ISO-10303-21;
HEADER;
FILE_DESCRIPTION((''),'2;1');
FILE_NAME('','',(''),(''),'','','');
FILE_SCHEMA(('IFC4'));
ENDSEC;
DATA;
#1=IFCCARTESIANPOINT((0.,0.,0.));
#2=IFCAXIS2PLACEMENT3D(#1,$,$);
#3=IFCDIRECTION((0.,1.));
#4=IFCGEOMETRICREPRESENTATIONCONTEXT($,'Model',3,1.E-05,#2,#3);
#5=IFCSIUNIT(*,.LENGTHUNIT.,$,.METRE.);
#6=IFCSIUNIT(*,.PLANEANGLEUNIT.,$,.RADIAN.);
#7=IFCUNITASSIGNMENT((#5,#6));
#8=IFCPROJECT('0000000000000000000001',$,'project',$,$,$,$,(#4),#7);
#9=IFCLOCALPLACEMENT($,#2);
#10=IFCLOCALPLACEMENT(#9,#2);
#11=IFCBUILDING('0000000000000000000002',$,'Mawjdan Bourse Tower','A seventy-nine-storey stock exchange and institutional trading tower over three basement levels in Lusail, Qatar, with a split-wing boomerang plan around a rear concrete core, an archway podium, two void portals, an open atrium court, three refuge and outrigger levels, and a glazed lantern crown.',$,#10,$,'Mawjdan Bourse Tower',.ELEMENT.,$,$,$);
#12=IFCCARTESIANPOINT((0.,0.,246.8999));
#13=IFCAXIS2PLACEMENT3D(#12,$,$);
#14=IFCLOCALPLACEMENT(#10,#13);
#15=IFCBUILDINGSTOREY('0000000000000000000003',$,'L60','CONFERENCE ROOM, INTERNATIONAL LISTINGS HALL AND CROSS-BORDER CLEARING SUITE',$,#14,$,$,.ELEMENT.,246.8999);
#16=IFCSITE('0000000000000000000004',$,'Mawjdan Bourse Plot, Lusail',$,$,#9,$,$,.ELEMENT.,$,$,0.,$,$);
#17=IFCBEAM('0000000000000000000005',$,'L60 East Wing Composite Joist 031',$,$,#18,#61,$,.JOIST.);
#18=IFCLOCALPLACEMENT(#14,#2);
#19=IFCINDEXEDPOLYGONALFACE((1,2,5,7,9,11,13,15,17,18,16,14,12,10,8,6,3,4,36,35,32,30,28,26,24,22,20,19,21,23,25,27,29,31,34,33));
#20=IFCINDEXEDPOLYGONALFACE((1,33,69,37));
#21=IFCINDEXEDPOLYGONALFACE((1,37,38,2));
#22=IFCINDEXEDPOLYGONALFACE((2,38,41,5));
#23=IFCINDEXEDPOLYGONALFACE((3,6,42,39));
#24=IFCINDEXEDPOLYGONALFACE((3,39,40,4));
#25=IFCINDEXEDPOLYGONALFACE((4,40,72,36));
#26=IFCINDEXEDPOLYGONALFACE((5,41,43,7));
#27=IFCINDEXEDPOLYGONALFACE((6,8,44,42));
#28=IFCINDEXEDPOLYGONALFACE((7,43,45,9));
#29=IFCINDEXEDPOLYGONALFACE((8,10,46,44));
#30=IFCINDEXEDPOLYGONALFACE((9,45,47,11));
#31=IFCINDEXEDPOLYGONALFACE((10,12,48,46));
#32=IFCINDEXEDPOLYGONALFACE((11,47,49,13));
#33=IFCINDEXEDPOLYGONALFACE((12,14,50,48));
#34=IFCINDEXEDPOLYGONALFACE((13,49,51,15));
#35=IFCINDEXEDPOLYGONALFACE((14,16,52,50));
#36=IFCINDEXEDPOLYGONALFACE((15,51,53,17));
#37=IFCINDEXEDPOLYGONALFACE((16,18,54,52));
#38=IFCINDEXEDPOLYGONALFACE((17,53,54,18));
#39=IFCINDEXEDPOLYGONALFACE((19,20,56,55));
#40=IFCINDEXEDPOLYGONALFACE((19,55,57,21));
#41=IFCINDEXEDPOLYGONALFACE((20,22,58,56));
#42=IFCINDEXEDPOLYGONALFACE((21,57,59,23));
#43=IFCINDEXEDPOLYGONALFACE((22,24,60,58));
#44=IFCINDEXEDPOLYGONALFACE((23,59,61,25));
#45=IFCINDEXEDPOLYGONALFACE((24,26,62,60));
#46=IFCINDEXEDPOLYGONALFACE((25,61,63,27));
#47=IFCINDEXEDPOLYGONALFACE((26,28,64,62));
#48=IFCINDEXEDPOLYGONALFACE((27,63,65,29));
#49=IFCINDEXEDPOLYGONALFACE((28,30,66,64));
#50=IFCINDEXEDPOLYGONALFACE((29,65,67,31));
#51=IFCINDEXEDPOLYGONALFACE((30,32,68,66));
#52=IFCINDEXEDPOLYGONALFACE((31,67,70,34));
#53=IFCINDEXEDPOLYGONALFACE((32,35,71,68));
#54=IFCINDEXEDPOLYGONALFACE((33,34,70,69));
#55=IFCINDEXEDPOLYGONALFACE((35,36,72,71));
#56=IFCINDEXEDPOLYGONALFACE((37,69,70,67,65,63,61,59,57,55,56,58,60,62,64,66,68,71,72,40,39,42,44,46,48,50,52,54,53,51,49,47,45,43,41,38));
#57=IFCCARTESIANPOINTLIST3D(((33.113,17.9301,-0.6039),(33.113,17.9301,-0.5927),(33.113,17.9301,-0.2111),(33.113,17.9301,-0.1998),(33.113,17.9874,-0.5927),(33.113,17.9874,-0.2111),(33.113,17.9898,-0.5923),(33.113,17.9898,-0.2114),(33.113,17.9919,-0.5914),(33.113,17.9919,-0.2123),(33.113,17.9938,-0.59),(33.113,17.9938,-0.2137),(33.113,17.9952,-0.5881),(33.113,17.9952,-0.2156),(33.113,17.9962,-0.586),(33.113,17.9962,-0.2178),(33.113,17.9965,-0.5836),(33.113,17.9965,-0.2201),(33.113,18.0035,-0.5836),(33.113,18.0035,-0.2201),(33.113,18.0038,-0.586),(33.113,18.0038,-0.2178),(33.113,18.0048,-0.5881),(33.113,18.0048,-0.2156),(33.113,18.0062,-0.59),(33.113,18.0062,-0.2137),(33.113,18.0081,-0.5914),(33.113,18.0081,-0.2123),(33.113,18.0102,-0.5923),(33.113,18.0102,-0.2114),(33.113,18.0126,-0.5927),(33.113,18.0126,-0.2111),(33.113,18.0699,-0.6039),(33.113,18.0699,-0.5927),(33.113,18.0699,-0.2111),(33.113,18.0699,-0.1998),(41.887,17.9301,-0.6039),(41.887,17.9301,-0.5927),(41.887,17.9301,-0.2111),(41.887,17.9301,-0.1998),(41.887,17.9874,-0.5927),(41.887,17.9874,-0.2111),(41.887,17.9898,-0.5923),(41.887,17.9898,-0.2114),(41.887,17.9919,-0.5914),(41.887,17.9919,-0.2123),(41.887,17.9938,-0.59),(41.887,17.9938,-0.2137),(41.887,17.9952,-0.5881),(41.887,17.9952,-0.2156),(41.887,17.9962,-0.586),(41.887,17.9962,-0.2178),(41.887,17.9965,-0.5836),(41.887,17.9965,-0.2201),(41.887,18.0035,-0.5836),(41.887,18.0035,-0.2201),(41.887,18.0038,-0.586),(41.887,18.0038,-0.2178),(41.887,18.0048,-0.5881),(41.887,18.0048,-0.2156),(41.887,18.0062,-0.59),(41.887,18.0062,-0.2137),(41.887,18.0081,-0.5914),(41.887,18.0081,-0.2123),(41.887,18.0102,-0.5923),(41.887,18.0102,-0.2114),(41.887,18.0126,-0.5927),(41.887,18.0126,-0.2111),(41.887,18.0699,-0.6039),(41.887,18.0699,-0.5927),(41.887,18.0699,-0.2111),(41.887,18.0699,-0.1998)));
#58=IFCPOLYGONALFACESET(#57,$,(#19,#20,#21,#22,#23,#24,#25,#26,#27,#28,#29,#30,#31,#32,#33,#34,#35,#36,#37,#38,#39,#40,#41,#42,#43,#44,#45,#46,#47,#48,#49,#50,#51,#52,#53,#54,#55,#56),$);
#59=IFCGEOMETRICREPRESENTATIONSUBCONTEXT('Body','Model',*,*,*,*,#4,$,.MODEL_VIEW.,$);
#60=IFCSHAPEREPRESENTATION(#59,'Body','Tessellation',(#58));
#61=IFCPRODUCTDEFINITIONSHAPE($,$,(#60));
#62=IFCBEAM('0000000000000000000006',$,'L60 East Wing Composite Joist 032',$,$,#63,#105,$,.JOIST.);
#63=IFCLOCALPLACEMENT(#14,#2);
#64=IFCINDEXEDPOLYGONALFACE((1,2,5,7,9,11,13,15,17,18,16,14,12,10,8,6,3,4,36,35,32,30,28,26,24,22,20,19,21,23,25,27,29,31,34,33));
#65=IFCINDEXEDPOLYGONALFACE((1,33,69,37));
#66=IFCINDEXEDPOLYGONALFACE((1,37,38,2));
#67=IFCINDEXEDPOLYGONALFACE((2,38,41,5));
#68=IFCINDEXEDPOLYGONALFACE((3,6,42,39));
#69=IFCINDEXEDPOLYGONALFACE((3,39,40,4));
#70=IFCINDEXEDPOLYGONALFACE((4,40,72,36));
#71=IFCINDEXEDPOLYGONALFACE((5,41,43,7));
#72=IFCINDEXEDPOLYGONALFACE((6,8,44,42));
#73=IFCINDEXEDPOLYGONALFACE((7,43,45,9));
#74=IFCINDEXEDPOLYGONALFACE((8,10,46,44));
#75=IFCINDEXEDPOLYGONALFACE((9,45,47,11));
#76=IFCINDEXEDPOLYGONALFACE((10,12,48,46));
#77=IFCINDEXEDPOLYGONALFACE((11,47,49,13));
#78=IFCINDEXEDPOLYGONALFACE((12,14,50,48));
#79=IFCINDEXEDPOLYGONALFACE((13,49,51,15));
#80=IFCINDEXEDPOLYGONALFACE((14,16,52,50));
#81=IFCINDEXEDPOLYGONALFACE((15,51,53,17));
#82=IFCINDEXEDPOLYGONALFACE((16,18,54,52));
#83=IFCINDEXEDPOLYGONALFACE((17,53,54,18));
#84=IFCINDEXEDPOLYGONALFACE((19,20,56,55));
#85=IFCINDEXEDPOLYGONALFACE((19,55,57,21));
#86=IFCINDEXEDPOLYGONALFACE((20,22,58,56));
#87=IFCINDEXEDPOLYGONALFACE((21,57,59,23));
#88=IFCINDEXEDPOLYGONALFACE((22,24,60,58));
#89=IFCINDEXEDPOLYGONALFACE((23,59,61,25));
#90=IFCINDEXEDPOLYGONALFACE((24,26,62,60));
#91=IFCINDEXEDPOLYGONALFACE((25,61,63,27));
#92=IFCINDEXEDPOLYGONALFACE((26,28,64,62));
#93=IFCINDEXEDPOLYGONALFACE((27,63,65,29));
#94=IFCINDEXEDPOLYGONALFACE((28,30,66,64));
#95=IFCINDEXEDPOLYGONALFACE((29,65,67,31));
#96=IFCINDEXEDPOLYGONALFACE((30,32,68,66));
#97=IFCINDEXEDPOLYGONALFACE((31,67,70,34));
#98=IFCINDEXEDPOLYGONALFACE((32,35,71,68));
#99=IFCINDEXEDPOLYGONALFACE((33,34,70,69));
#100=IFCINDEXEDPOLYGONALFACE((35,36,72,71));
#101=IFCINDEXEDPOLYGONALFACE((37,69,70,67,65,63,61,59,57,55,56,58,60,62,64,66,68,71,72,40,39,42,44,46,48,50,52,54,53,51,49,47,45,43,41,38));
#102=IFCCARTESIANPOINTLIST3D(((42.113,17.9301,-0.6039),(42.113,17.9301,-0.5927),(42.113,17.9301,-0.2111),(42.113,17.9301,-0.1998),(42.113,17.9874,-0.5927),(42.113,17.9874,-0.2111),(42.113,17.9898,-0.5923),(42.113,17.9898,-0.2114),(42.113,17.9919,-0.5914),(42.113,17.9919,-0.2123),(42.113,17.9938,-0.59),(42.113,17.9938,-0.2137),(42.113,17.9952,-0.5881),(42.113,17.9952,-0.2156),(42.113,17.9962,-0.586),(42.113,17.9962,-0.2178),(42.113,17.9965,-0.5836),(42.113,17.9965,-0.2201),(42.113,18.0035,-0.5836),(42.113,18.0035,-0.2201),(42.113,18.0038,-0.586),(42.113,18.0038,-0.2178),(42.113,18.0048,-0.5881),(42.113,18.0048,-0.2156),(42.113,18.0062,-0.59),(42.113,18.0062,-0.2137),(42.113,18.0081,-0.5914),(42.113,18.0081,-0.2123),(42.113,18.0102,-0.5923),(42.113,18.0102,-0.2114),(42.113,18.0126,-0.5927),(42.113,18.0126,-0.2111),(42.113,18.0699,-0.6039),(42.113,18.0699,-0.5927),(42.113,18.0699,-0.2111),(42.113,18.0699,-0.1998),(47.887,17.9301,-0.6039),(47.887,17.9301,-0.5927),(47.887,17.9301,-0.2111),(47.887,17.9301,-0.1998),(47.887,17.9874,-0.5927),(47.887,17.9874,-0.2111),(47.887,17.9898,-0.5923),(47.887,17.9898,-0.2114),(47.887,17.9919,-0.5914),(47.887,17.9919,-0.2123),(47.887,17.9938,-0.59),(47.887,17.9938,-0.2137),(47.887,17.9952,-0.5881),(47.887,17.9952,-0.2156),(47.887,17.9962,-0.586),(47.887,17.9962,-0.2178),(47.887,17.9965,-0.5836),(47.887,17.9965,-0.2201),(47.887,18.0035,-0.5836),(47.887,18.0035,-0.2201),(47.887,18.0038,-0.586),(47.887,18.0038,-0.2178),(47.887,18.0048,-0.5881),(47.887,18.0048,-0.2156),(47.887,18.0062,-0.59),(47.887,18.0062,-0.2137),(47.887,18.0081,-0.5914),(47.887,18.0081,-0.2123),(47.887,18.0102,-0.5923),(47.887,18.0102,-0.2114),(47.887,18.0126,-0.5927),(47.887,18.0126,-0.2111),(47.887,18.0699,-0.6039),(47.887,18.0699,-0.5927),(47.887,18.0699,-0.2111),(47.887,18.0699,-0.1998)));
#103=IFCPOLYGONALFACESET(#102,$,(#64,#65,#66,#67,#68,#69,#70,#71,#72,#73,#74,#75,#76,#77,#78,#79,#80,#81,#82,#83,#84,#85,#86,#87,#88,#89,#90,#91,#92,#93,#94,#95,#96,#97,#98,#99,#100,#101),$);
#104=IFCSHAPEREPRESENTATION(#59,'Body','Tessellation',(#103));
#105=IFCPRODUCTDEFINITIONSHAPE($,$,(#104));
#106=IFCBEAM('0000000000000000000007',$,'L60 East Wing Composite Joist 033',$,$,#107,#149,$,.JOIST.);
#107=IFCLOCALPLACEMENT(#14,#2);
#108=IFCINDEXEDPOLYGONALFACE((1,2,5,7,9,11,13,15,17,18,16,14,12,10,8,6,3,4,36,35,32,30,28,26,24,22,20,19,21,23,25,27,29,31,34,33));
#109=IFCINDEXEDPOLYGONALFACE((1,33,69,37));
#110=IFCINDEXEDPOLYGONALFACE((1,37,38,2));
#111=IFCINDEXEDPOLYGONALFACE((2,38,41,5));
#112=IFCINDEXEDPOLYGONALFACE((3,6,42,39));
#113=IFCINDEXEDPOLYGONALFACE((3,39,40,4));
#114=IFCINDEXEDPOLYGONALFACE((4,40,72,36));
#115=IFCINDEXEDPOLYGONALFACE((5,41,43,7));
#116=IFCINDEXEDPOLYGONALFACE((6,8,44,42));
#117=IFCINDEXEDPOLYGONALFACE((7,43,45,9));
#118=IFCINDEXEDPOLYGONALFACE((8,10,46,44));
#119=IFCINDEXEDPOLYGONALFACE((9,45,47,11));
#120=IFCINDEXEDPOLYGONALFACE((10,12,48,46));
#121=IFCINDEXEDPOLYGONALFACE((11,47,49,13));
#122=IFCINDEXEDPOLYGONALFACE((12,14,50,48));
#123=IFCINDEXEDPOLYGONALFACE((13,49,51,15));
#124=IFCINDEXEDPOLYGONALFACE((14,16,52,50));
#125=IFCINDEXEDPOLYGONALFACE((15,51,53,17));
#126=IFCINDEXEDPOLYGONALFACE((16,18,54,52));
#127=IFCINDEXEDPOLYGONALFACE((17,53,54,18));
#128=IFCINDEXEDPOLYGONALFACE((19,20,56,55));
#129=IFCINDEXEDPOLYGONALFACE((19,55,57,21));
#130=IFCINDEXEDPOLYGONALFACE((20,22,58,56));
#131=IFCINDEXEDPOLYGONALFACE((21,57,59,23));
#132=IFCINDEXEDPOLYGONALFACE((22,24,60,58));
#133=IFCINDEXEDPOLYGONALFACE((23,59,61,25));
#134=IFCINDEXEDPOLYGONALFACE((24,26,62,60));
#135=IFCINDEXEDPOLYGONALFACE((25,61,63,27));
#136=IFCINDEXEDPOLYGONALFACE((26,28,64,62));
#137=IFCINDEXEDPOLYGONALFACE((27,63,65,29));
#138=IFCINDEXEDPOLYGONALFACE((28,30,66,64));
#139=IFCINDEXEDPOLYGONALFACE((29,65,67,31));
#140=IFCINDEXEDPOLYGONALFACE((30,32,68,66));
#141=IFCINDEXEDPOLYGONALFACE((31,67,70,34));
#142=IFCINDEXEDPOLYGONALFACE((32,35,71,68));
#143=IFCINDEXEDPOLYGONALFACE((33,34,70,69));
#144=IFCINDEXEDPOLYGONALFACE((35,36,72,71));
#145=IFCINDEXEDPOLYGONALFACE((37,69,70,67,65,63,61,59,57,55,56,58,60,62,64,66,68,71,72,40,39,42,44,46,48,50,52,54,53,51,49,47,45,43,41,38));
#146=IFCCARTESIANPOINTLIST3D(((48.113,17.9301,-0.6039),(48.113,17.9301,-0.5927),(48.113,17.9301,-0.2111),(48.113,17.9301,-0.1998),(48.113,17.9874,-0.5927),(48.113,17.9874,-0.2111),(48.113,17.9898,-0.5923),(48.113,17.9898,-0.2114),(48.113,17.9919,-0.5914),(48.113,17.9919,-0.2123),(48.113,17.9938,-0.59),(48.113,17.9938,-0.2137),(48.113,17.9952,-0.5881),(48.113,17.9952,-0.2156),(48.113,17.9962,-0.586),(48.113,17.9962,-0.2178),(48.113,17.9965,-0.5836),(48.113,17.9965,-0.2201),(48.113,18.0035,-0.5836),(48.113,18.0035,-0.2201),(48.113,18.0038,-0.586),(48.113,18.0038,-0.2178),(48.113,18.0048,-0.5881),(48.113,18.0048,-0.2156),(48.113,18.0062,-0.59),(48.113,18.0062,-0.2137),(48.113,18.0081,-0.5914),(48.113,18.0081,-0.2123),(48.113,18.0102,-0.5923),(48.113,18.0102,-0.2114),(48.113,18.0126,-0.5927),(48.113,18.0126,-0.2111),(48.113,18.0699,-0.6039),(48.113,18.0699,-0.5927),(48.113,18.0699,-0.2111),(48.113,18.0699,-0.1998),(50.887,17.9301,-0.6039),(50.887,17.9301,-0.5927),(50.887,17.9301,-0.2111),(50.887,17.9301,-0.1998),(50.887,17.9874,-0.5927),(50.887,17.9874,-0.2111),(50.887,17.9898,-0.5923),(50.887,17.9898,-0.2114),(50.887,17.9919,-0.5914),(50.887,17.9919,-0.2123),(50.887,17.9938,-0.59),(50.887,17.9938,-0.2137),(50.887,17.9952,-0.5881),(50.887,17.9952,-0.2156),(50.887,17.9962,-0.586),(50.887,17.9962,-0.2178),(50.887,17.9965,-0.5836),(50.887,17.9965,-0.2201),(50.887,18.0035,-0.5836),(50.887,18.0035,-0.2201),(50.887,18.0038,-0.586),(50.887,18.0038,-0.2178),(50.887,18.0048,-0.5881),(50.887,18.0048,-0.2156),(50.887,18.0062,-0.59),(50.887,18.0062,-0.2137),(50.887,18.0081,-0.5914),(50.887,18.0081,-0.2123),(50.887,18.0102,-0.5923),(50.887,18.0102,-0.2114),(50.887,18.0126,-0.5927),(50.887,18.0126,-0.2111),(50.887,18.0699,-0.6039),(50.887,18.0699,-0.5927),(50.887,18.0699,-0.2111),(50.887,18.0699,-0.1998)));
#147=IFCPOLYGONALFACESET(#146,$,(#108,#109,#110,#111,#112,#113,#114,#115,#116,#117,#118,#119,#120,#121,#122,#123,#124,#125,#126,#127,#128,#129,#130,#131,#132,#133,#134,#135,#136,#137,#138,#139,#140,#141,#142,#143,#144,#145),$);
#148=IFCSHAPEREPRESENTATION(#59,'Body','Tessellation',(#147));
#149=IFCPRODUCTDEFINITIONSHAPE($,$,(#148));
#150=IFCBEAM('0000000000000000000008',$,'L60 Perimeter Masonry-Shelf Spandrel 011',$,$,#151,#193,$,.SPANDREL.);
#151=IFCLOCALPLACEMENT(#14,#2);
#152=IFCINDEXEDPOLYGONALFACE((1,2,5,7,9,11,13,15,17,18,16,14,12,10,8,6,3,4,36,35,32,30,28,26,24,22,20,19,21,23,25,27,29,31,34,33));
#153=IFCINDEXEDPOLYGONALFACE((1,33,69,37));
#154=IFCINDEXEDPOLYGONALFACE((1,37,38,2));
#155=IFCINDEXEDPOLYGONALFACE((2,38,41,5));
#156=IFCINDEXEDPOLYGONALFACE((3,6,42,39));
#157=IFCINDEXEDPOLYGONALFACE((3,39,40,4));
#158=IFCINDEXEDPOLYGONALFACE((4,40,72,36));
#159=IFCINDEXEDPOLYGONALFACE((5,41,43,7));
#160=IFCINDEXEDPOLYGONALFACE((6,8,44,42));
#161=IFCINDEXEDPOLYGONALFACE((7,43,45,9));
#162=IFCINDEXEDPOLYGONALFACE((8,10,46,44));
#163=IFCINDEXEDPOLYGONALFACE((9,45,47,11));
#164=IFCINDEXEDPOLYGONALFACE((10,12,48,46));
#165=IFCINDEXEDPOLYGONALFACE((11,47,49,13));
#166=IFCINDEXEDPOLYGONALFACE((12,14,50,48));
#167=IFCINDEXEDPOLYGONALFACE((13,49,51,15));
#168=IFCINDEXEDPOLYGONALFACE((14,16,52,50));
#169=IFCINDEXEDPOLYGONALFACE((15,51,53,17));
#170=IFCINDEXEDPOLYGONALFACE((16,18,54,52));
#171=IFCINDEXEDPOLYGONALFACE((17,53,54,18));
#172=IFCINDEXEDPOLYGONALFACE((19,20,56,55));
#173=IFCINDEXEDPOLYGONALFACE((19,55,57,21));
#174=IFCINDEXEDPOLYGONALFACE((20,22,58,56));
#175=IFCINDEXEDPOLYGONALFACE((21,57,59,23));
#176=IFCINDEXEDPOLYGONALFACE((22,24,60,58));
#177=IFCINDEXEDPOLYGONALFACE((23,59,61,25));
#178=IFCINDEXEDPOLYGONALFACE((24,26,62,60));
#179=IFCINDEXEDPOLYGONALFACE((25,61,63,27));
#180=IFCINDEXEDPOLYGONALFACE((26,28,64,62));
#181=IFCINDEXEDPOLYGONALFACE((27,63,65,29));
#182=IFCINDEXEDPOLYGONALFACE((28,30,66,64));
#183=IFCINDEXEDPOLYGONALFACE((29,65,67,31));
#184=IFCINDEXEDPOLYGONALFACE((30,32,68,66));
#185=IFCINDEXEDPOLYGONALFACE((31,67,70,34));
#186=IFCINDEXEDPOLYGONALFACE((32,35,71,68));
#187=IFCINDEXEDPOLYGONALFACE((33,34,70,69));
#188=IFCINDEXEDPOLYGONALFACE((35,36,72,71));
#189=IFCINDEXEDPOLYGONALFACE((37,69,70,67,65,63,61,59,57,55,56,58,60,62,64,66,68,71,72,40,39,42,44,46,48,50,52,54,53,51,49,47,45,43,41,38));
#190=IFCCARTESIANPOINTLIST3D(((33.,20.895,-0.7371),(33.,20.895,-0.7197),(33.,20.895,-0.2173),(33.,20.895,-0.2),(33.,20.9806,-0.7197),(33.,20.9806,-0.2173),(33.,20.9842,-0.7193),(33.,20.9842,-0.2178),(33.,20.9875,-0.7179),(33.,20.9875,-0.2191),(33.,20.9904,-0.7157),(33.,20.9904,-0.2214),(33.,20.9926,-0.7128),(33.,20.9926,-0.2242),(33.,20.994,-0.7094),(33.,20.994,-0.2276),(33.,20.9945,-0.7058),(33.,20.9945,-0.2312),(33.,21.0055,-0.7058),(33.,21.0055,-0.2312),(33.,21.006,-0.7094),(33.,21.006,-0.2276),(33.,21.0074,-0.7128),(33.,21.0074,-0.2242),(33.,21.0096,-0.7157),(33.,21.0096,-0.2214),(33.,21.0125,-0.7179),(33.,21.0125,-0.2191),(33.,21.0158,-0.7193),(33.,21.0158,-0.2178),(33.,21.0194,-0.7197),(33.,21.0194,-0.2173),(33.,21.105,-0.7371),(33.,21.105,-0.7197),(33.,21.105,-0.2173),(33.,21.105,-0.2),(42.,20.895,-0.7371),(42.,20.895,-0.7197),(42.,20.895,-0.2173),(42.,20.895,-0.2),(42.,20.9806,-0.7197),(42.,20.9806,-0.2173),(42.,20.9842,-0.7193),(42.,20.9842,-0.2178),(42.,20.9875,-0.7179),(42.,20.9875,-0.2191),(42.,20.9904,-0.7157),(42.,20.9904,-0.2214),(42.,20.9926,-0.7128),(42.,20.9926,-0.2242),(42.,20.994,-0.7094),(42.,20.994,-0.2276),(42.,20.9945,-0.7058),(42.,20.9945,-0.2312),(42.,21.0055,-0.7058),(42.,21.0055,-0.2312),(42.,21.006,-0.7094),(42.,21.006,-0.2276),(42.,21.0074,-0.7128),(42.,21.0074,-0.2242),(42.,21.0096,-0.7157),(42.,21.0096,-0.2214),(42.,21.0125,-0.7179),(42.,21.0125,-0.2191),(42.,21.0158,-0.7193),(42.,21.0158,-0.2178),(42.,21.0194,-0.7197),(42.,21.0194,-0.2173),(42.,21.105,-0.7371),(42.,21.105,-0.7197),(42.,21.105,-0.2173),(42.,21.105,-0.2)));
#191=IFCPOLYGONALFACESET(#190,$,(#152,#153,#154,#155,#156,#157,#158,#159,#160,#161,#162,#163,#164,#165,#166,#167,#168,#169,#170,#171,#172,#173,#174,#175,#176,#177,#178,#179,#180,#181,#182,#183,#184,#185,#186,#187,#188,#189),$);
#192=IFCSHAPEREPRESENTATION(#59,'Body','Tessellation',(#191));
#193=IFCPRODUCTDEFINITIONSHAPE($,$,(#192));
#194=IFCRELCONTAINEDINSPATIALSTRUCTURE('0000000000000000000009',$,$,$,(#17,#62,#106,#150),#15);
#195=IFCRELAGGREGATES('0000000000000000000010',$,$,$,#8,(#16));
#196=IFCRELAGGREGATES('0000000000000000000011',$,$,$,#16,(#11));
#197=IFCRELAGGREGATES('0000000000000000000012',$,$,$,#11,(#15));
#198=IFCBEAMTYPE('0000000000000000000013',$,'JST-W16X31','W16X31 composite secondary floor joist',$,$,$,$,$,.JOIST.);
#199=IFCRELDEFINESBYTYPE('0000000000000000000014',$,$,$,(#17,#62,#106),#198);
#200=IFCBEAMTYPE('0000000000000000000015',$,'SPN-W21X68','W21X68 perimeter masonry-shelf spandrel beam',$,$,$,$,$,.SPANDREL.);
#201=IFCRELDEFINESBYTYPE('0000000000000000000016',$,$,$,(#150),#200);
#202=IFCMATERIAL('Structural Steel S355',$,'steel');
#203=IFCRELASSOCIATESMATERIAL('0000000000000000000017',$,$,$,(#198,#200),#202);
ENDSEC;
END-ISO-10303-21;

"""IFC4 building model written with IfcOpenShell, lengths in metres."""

from ifc_helpers import new_model, si_unit, direction, frame, origin, origin_2d, place, context, subcontext, project, spatial, i_section, extrude, material, material_profile, profile_set, type_object, element, save


model = new_model("IFC4")

# Units and contexts
model_context = context("Model", 3, precision=1e-05, world=origin(), true_north=direction((0.0, 1.0)))
body_context = subcontext(model_context, "Body", "Model", "MODEL_VIEW")
ifc_project = project(units=[si_unit("LENGTHUNIT", "METRE"), si_unit("PLANEANGLEUNIT", "RADIAN")], contexts=[model_context])

# Site, building, storey
site_placement = place(None, origin())
site = spatial("IfcSite", under=ifc_project, at=site_placement, Name="Mawjdan Bourse Plot, Lusail", CompositionType="ELEMENT", RefElevation=0.0)
building_placement = place(site_placement, origin())
building = spatial("IfcBuilding", under=site, at=building_placement, Name="Mawjdan Bourse Tower", Description="A seventy-nine-storey stock exchange and institutional trading tower over three basement levels in Lusail, Qatar, with a split-wing boomerang plan around a rear concrete core, an archway podium, two void portals, an open atrium court, three refuge and outrigger levels, and a glazed lantern crown.", LongName="Mawjdan Bourse Tower", CompositionType="ELEMENT")
storey_placement = place(building_placement, frame((0.0, 0.0, 246.8999)))
storey = spatial("IfcBuildingStorey", under=building, at=storey_placement, Name="L60", Description="CONFERENCE ROOM, INTERNATIONAL LISTINGS HALL AND CROSS-BORDER CLEARING SUITE", CompositionType="ELEMENT", Elevation=246.8999)

# Beams
ifc_material_1 = material(Name="Structural Steel S355", Category="steel")
ifc_material_profile_1 = material_profile(ifc_material_1, i_section(OverallWidth=0.1399, OverallDepth=0.4041, WebThickness=0.0071, FlangeThickness=0.0112, FilletRadius=0.009, at=origin_2d()), Name="W16X31")
ifc_profile_set_1 = profile_set([ifc_material_profile_1], Name="Structural Steel S355")
beam_type_1 = type_object("IfcBeamType", Name="JST-W16X31", Description="W16X31 composite secondary floor joist", PredefinedType="JOIST", material=ifc_profile_set_1)
beam_1_placement = place(storey_placement, frame((33.113, 18.0, -0.4019), z_axis=(1.0, 0.0, 0.0), x_axis=(0.0, 1.0, 0.0)))
element("IfcBeam", 1, at=beam_1_placement, inside=storey, type_object=beam_type_1, Name="L60 East Wing Composite Joist 031", PredefinedType="JOIST", context=body_context, shape_type="SweptSolid", body=[
    extrude(i_section(OverallWidth=0.1399, OverallDepth=0.4041, WebThickness=0.0071, FlangeThickness=0.0112, FilletRadius=0.009, at=origin_2d()), origin(), (0.0, 0.0, 1.0), 8.7739),
])
beam_2_placement = place(storey_placement, frame((42.113, 18.0, -0.4019), z_axis=(1.0, 0.0, 0.0), x_axis=(0.0, 1.0, 0.0)))
element("IfcBeam", 2, at=beam_2_placement, inside=storey, type_object=beam_type_1, Name="L60 East Wing Composite Joist 032", PredefinedType="JOIST", context=body_context, shape_type="SweptSolid", body=[
    extrude(i_section(OverallWidth=0.1399, OverallDepth=0.4041, WebThickness=0.0071, FlangeThickness=0.0112, FilletRadius=0.009, at=origin_2d()), origin(), (0.0, 0.0, 1.0), 5.7739),
])
beam_3_placement = place(storey_placement, frame((48.113, 18.0, -0.4019), z_axis=(1.0, 0.0, 0.0), x_axis=(0.0, 1.0, 0.0)))
element("IfcBeam", 3, at=beam_3_placement, inside=storey, type_object=beam_type_1, Name="L60 East Wing Composite Joist 033", PredefinedType="JOIST", context=body_context, shape_type="SweptSolid", body=[
    extrude(i_section(OverallWidth=0.1399, OverallDepth=0.4041, WebThickness=0.0071, FlangeThickness=0.0112, FilletRadius=0.009, at=origin_2d()), origin(), (0.0, 0.0, 1.0), 2.7739),
])
ifc_material_profile_2 = material_profile(ifc_material_1, i_section(OverallWidth=0.21, OverallDepth=0.5371, WebThickness=0.011, FlangeThickness=0.0173, FilletRadius=0.0139, at=origin_2d()), Name="W21X68")
ifc_profile_set_2 = profile_set([ifc_material_profile_2], Name="Structural Steel S355")
beam_type_2 = type_object("IfcBeamType", Name="SPN-W21X68", Description="W21X68 perimeter masonry-shelf spandrel beam", PredefinedType="SPANDREL", material=ifc_profile_set_2)
beam_4_placement = place(storey_placement, frame((33.0, 21.0, -0.4685), z_axis=(1.0, 0.0, 0.0), x_axis=(0.0, 1.0, 0.0)))
element("IfcBeam", 4, at=beam_4_placement, inside=storey, type_object=beam_type_2, Name="L60 Perimeter Masonry-Shelf Spandrel 011", PredefinedType="SPANDREL", context=body_context, shape_type="SweptSolid", body=[
    extrude(i_section(OverallWidth=0.21, OverallDepth=0.5371, WebThickness=0.011, FlangeThickness=0.0173, FilletRadius=0.0139, at=origin_2d()), origin(), (0.0, 0.0, 1.0), 9.0),
])

save(model, "model.ifc")
